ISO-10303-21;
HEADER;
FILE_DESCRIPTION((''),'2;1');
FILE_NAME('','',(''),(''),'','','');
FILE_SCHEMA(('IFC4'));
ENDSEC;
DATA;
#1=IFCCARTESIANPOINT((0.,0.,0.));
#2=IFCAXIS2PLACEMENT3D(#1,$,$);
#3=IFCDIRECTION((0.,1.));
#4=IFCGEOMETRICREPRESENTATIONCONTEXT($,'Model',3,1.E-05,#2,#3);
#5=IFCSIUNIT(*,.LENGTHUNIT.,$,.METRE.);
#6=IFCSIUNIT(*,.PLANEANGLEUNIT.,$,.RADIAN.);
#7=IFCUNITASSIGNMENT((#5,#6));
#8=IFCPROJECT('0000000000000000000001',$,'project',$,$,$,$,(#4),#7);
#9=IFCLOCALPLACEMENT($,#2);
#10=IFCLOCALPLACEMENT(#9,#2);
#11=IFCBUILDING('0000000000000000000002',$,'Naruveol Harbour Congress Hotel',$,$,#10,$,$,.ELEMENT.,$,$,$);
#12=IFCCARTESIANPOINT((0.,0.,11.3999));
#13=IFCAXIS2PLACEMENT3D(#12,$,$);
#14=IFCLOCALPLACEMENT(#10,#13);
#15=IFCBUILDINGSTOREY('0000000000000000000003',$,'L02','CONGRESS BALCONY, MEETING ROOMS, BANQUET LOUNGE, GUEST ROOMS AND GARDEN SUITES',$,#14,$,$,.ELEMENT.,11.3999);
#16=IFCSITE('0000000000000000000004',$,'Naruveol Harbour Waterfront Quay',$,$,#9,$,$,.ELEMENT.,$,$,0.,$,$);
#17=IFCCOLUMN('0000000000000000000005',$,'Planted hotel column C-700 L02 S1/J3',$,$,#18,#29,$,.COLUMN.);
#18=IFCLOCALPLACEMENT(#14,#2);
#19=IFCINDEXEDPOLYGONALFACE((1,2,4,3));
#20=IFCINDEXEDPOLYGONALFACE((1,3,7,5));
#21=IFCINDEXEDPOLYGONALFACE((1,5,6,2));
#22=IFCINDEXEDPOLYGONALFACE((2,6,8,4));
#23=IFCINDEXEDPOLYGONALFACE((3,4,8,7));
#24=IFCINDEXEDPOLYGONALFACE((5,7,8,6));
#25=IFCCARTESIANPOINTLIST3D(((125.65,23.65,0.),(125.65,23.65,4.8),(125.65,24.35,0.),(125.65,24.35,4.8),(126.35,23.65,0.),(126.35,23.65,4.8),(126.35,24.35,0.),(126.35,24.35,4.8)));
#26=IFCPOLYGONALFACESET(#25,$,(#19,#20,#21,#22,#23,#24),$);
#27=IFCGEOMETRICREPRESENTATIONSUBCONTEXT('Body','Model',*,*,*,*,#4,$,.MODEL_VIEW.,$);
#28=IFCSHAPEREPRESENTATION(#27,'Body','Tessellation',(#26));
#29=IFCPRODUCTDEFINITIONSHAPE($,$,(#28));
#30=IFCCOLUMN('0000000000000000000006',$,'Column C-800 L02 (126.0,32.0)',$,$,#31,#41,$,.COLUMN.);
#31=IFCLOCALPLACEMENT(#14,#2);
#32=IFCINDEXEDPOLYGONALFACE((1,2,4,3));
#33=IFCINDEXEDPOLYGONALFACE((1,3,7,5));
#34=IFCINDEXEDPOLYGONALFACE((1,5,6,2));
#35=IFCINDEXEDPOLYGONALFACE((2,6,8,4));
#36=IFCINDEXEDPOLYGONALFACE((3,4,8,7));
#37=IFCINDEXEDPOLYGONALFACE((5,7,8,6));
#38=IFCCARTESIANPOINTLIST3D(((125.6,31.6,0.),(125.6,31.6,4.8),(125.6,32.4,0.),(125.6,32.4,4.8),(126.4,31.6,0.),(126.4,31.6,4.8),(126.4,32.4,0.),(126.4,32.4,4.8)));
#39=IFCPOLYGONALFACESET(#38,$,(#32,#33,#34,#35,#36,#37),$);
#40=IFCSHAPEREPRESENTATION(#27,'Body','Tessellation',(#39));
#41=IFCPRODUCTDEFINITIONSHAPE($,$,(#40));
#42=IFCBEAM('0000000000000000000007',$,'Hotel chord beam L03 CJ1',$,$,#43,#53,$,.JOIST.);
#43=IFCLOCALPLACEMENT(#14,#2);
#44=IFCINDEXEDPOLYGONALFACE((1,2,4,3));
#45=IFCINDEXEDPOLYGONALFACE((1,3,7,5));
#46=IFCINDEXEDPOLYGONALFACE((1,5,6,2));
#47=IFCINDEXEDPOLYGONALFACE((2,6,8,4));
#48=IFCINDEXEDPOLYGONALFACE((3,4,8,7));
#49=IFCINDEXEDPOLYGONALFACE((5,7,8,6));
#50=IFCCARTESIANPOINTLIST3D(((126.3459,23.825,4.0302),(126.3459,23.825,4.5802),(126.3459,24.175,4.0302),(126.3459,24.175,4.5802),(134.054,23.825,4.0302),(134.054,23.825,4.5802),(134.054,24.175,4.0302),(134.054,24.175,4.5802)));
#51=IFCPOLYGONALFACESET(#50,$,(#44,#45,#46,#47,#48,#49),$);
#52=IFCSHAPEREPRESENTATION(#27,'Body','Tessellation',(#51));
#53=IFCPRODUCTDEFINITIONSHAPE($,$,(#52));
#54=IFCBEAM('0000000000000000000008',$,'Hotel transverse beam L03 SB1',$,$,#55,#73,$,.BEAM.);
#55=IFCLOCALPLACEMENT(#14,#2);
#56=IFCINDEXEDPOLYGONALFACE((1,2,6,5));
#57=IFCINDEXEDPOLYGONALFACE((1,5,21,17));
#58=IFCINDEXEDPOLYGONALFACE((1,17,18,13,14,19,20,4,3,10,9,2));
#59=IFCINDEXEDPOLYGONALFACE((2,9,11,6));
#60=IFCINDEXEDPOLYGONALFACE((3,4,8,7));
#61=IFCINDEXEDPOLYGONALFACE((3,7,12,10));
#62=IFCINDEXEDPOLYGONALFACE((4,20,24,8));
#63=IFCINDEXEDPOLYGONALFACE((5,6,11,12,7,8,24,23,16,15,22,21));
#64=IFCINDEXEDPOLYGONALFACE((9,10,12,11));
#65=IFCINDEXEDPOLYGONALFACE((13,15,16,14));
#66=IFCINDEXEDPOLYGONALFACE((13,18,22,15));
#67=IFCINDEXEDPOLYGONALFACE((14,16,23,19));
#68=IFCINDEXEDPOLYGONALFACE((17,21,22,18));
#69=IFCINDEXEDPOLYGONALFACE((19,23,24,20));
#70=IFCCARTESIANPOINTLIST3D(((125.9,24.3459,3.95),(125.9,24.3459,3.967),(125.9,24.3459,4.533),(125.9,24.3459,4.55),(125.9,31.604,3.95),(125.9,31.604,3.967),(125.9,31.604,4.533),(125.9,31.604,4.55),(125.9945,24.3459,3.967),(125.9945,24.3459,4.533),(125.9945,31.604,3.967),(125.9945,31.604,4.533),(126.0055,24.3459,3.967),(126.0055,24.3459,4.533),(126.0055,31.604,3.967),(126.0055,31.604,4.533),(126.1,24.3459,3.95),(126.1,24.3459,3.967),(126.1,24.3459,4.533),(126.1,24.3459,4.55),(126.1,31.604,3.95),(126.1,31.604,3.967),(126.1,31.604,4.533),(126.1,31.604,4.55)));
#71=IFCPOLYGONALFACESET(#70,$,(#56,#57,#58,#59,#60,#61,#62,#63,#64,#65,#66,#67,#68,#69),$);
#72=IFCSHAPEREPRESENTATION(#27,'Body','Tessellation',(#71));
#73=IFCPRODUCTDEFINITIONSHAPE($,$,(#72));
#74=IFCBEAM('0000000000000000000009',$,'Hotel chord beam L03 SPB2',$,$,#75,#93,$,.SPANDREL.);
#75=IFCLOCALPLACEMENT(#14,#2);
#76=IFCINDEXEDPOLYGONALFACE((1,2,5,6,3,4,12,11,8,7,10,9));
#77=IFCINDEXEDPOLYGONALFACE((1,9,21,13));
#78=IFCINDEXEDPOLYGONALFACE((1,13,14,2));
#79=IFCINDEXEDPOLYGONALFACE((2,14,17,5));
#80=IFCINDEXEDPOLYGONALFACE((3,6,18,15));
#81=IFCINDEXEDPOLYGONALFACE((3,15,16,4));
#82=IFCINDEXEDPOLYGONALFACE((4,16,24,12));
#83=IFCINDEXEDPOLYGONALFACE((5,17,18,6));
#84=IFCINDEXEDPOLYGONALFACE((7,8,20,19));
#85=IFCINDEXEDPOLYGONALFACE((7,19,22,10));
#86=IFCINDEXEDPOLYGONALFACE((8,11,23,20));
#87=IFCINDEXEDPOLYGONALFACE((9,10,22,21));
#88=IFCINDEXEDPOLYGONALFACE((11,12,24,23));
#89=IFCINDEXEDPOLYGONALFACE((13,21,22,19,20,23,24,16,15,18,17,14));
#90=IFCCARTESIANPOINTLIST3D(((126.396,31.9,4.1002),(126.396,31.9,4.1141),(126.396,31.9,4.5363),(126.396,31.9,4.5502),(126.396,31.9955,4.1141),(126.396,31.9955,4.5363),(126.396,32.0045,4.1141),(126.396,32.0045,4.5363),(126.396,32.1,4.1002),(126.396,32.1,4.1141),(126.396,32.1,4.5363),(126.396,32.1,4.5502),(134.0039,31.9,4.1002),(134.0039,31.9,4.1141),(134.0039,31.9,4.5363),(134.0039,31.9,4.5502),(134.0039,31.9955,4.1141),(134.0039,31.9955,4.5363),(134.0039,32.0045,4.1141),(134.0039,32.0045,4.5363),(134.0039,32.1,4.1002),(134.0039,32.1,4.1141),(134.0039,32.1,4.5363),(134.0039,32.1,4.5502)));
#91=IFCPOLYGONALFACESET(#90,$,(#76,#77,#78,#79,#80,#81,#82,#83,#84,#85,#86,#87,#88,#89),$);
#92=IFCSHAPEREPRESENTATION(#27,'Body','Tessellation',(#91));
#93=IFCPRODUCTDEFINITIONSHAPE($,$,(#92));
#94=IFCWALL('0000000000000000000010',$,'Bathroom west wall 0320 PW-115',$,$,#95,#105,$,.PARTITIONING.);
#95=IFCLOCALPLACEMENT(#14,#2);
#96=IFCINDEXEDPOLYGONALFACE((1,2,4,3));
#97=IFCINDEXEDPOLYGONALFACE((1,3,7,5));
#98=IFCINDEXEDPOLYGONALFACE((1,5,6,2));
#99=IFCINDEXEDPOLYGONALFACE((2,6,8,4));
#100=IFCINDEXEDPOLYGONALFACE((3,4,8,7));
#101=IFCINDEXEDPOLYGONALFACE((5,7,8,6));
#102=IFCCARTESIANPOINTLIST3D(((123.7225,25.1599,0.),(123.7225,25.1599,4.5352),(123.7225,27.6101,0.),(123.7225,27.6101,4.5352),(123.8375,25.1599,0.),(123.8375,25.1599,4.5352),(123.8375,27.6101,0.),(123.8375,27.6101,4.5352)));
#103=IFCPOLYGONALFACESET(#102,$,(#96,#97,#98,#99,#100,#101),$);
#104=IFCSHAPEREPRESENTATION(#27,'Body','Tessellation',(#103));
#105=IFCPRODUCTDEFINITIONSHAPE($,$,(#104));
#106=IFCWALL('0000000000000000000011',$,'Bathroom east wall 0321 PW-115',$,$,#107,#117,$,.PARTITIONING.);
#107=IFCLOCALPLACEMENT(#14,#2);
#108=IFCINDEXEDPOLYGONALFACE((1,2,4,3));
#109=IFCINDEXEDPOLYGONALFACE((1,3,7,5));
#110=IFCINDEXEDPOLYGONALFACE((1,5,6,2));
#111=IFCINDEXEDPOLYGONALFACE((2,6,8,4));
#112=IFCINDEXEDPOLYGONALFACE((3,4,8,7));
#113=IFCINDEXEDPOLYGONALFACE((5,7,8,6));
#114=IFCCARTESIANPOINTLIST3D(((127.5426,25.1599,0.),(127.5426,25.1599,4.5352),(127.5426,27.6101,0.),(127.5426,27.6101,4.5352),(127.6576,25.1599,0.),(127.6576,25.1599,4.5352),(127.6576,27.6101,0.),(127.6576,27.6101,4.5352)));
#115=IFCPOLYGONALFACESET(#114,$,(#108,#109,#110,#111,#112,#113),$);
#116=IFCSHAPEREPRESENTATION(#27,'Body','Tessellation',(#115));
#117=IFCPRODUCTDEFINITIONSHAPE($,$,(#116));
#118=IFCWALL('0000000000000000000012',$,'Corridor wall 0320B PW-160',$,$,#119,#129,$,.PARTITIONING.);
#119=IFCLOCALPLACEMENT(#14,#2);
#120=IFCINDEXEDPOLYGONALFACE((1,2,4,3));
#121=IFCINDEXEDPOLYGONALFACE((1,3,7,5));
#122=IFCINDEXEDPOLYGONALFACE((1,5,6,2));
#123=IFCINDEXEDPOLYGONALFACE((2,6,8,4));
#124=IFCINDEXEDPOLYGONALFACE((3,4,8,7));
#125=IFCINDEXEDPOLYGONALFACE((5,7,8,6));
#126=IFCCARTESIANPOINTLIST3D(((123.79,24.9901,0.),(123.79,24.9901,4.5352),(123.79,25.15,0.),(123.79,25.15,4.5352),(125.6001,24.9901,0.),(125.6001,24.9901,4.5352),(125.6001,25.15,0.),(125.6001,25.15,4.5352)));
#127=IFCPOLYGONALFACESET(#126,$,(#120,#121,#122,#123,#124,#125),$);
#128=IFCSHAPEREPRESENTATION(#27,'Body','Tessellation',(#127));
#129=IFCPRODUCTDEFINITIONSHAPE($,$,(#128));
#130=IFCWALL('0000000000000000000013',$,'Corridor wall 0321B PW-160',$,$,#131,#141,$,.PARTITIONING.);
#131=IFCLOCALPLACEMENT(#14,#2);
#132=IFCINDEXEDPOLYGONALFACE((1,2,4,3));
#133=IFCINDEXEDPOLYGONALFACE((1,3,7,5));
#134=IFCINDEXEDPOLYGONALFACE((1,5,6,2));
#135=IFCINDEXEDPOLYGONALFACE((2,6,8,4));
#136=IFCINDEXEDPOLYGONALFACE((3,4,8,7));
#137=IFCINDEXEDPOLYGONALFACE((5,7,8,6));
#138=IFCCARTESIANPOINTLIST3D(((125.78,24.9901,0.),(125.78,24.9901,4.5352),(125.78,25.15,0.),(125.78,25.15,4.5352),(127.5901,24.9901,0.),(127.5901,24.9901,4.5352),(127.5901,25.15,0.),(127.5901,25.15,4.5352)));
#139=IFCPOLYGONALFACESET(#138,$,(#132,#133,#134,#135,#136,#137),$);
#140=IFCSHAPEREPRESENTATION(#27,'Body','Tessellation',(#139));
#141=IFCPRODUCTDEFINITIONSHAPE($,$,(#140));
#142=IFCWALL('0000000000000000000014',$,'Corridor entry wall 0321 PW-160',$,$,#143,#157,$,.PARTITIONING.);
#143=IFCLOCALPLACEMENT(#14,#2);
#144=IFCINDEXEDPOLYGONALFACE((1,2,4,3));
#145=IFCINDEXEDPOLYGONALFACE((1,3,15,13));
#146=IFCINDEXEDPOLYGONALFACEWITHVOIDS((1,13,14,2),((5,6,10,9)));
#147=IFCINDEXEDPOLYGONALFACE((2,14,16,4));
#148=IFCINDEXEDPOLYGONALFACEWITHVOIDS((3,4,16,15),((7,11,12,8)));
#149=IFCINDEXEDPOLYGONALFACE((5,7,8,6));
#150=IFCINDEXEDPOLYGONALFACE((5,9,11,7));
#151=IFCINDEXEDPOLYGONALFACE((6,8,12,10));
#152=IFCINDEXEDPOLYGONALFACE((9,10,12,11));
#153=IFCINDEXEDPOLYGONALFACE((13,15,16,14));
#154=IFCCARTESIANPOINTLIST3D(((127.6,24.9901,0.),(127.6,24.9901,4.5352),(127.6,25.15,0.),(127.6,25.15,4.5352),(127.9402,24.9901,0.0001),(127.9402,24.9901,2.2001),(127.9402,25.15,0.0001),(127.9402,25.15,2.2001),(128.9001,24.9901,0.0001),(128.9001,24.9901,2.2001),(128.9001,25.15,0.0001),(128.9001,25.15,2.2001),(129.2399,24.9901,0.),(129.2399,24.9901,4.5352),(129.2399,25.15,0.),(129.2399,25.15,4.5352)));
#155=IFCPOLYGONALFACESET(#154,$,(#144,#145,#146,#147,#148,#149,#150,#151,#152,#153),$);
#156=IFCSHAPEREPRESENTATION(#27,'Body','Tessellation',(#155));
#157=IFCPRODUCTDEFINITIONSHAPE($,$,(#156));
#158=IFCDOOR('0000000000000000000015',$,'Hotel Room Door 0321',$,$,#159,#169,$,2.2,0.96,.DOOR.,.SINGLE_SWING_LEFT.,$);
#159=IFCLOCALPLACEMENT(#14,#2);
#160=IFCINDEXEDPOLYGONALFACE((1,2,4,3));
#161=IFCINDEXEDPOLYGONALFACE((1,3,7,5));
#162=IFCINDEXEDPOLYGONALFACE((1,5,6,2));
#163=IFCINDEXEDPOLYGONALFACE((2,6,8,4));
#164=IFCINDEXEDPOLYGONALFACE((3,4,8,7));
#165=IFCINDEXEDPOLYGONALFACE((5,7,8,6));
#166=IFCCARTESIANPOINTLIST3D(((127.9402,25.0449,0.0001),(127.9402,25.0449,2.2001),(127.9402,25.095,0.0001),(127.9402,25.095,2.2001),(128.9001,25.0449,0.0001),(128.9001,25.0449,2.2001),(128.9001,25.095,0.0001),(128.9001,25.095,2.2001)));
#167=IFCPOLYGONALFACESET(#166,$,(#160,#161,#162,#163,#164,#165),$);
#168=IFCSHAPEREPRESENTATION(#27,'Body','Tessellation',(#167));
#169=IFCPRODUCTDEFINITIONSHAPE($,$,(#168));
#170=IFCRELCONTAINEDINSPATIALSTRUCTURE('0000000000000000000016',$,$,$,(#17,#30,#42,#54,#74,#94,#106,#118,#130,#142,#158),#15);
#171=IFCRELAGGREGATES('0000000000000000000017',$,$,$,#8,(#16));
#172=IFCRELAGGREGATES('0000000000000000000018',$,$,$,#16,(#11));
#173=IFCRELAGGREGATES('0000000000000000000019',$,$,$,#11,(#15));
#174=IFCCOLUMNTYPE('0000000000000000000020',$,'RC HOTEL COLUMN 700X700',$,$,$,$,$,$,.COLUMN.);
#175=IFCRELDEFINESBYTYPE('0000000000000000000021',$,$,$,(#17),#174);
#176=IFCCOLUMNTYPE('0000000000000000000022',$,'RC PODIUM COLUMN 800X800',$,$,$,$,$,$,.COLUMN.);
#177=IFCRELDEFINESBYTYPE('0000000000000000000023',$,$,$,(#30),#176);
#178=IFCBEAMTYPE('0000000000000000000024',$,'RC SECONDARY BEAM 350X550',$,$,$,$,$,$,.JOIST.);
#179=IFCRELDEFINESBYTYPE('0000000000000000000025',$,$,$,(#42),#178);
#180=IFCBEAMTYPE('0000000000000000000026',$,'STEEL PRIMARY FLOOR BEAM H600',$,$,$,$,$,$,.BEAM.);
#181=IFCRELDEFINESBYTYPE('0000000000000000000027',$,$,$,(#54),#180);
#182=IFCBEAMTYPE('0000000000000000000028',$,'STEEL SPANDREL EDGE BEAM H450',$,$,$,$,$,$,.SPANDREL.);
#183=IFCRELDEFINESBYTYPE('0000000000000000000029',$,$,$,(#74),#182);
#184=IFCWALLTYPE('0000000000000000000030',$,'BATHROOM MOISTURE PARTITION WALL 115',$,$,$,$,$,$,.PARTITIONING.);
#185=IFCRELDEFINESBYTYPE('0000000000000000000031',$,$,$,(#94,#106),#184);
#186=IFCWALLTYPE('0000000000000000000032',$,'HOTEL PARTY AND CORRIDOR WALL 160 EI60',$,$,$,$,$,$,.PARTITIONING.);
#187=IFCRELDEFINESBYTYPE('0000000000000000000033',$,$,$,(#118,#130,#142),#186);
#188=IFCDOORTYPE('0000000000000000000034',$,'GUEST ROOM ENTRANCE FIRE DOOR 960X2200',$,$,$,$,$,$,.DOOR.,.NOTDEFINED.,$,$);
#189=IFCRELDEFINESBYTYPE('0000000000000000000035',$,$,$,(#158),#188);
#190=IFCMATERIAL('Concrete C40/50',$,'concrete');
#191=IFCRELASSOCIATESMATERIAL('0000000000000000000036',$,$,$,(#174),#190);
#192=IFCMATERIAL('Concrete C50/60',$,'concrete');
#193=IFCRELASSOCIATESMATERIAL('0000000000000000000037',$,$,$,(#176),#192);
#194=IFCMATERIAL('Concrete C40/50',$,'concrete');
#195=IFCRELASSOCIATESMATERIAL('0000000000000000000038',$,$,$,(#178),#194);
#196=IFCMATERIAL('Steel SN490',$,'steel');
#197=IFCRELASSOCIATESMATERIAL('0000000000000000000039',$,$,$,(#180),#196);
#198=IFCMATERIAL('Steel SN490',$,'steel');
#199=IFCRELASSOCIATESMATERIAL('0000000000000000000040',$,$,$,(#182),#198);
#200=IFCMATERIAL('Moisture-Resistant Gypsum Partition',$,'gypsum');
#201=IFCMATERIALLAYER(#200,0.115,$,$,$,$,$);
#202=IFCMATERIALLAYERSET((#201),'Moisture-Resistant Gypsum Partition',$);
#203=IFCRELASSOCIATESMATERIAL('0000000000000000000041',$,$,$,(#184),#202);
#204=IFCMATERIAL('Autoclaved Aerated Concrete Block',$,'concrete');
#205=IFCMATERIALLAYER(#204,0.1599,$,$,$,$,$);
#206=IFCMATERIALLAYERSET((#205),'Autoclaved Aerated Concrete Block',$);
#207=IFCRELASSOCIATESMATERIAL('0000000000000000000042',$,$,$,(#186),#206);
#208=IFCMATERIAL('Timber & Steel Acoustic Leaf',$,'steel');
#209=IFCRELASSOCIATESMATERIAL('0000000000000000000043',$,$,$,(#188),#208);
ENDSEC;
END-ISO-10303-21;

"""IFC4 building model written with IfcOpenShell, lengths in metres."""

from ifc_helpers import new_model, si_unit, direction, frame, frame_2d, origin, origin_2d, place, context, subcontext, project, spatial, rectangle, i_section, extrude, material, layer, layer_set, material_profile, profile_set, type_object, element, fill, save


model = new_model("IFC4")

# Units and contexts
model_context = context("Model", 3, precision=1e-05, world=origin(), true_north=direction((0.0, 1.0)))
body_context = subcontext(model_context, "Body", "Model", "MODEL_VIEW")
ifc_project = project(units=[si_unit("LENGTHUNIT", "METRE"), si_unit("PLANEANGLEUNIT", "RADIAN")], contexts=[model_context])

# Site, building, storey
site_placement = place(None, origin())
site = spatial("IfcSite", under=ifc_project, at=site_placement, Name="Naruveol Harbour Waterfront Quay", CompositionType="ELEMENT", RefElevation=0.0)
building_placement = place(site_placement, origin())
building = spatial("IfcBuilding", under=site, at=building_placement, Name="Naruveol Harbour Congress Hotel", CompositionType="ELEMENT")
storey_placement = place(building_placement, frame((0.0, 0.0, 11.3999)))
storey = spatial("IfcBuildingStorey", under=building, at=storey_placement, Name="L02", Description="CONGRESS BALCONY, MEETING ROOMS, BANQUET LOUNGE, GUEST ROOMS AND GARDEN SUITES", CompositionType="ELEMENT", Elevation=11.3999)

# Columns
ifc_material_1 = material(Name="Concrete C40/50", Category="concrete")
ifc_material_profile_1 = material_profile(ifc_material_1, rectangle(XDim=0.7, YDim=0.7, at=origin_2d()), Name="RC-700x700")
ifc_profile_set_1 = profile_set([ifc_material_profile_1], Name="Concrete C40/50")
column_type_1 = type_object("IfcColumnType", Name="RC HOTEL COLUMN 700X700", PredefinedType="COLUMN", material=ifc_profile_set_1)
column_1_placement = place(storey_placement, frame((126.0, 24.0, 0.0), z_axis=(0.0, 0.0, 1.0), x_axis=(1.0, 0.0, 0.0)))
element("IfcColumn", 1, at=column_1_placement, inside=storey, type_object=column_type_1, Name="Planted hotel column C-700 L02 S1/J3", PredefinedType="COLUMN", context=body_context, shape_type="SweptSolid", body=[
    extrude(rectangle(XDim=0.7, YDim=0.7, at=origin_2d()), origin(), (0.0, 0.0, 1.0), 4.8),
])
ifc_material_2 = material(Name="Concrete C50/60", Category="concrete")
ifc_material_profile_2 = material_profile(ifc_material_2, rectangle(XDim=0.8, YDim=0.8, at=origin_2d()), Name="RC-800x800")
ifc_profile_set_2 = profile_set([ifc_material_profile_2], Name="Concrete C50/60")
column_type_2 = type_object("IfcColumnType", Name="RC PODIUM COLUMN 800X800", PredefinedType="COLUMN", material=ifc_profile_set_2)
column_2_placement = place(storey_placement, frame((126.0, 32.0, 0.0), z_axis=(0.0, 0.0, 1.0), x_axis=(1.0, 0.0, 0.0)))
element("IfcColumn", 2, at=column_2_placement, inside=storey, type_object=column_type_2, Name="Column C-800 L02 (126.0,32.0)", PredefinedType="COLUMN", context=body_context, shape_type="SweptSolid", body=[
    extrude(rectangle(XDim=0.8, YDim=0.8, at=origin_2d()), origin(), (0.0, 0.0, 1.0), 4.8),
])

# Beams
ifc_material_3 = material(Name="Concrete C40/50", Category="concrete")
ifc_material_profile_3 = material_profile(ifc_material_3, rectangle(XDim=0.3501, YDim=0.55, at=origin_2d()), Name="RCB-350x550")
ifc_profile_set_3 = profile_set([ifc_material_profile_3], Name="Concrete C40/50")
beam_type_1 = type_object("IfcBeamType", Name="RC SECONDARY BEAM 350X550", PredefinedType="JOIST", material=ifc_profile_set_3)
beam_1_placement = place(storey_placement, frame((126.3459, 24.0, 4.3052), z_axis=(1.0, 0.0, 0.0), x_axis=(0.0, 1.0, 0.0)))
element("IfcBeam", 3, at=beam_1_placement, inside=storey, type_object=beam_type_1, Name="Hotel chord beam L03 CJ1", PredefinedType="JOIST", context=body_context, shape_type="SweptSolid", body=[
    extrude(rectangle(XDim=0.3501, YDim=0.55, at=origin_2d()), origin(), (0.0, 0.0, 1.0), 7.708),
])
ifc_material_4 = material(Name="Steel SN490", Category="steel")
ifc_material_profile_4 = material_profile(ifc_material_4, i_section(OverallWidth=0.2, OverallDepth=0.6001, WebThickness=0.011, FlangeThickness=0.0171, at=origin_2d()), Name="H-600x200x11x17")
ifc_profile_set_4 = profile_set([ifc_material_profile_4], Name="Steel SN490")
beam_type_2 = type_object("IfcBeamType", Name="STEEL PRIMARY FLOOR BEAM H600", PredefinedType="BEAM", material=ifc_profile_set_4)
beam_2_placement = place(storey_placement, frame((126.0, 24.3459, 4.25), z_axis=(0.0, 1.0, 0.0), x_axis=(-1.0, 0.0, 0.0)))
element("IfcBeam", 4, at=beam_2_placement, inside=storey, type_object=beam_type_2, Name="Hotel transverse beam L03 SB1", PredefinedType="BEAM", context=body_context, shape_type="SweptSolid", body=[
    extrude(i_section(OverallWidth=0.2, OverallDepth=0.6001, WebThickness=0.011, FlangeThickness=0.0171, at=origin_2d()), origin(), (0.0, 0.0, 1.0), 7.2581),
])
ifc_material_5 = material(Name="Steel SN490", Category="steel")
ifc_material_profile_5 = material_profile(ifc_material_5, i_section(OverallWidth=0.2, OverallDepth=0.45, WebThickness=0.009, FlangeThickness=0.0139, at=origin_2d()), Name="H-450x200x9x14")
ifc_profile_set_5 = profile_set([ifc_material_profile_5], Name="Steel SN490")
beam_type_3 = type_object("IfcBeamType", Name="STEEL SPANDREL EDGE BEAM H450", PredefinedType="SPANDREL", material=ifc_profile_set_5)
beam_3_placement = place(storey_placement, frame((126.396, 32.0, 4.3252), z_axis=(1.0, 0.0, 0.0), x_axis=(0.0, 1.0, 0.0)))
element("IfcBeam", 5, at=beam_3_placement, inside=storey, type_object=beam_type_3, Name="Hotel chord beam L03 SPB2", PredefinedType="SPANDREL", context=body_context, shape_type="SweptSolid", body=[
    extrude(i_section(OverallWidth=0.2, OverallDepth=0.45, WebThickness=0.009, FlangeThickness=0.0139, at=origin_2d()), origin(), (0.0, 0.0, 1.0), 7.6079),
])

# Wall
ifc_material_6 = material(Name="Moisture-Resistant Gypsum Partition", Category="gypsum")
ifc_layer_1 = layer(ifc_material_6, 0.115)
ifc_layer_set_1 = layer_set([ifc_layer_1], Name="Moisture-Resistant Gypsum Partition")
wall_type_1 = type_object("IfcWallType", Name="BATHROOM MOISTURE PARTITION WALL 115", PredefinedType="PARTITIONING", material=ifc_layer_set_1)
wall_1_placement = place(storey_placement, frame((123.78, 25.1599, 0.0), z_axis=(0.0, 0.0, 1.0), x_axis=(0.0, 1.0, 0.0)))
element("IfcWall", 6, at=wall_1_placement, inside=storey, type_object=wall_type_1, Name="Bathroom west wall 0320 PW-115", PredefinedType="PARTITIONING", context=body_context, shape_type="SweptSolid", body=[
    extrude(rectangle(XDim=2.4502, YDim=0.115, at=frame_2d((1.2251, 0.0))), origin(), (0.0, 0.0, 1.0), 4.5352),
])

# Wall
wall_2_placement = place(storey_placement, frame((127.6001, 25.1599, 0.0), z_axis=(0.0, 0.0, 1.0), x_axis=(0.0, 1.0, 0.0)))
element("IfcWall", 7, at=wall_2_placement, inside=storey, type_object=wall_type_1, Name="Bathroom east wall 0321 PW-115", PredefinedType="PARTITIONING", context=body_context, shape_type="SweptSolid", body=[
    extrude(rectangle(XDim=2.4502, YDim=0.115, at=frame_2d((1.2251, 0.0))), origin(), (0.0, 0.0, 1.0), 4.5352),
])

# Walls
ifc_material_7 = material(Name="Autoclaved Aerated Concrete Block", Category="concrete")
ifc_layer_2 = layer(ifc_material_7, 0.1599)
ifc_layer_set_2 = layer_set([ifc_layer_2], Name="Autoclaved Aerated Concrete Block")
wall_type_2 = type_object("IfcWallType", Name="HOTEL PARTY AND CORRIDOR WALL 160 EI60", PredefinedType="PARTITIONING", material=ifc_layer_set_2)
for number, where, z_axis, x_axis, name in (
    (8, (123.79, 25.0701, 0.0), (0.0, 0.0, 1.0), (1.0, 0.0, 0.0), "Corridor wall 0320B PW-160"),
    (9, (125.78, 25.0701, 0.0), (0.0, 0.0, 1.0), (1.0, 0.0, 0.0), "Corridor wall 0321B PW-160"),
):
    element("IfcWall", number, at=place(storey_placement, frame(where, z_axis=z_axis, x_axis=x_axis)), inside=storey, type_object=wall_type_2, Name=name, PredefinedType="PARTITIONING", context=body_context, shape_type="SweptSolid", body=[
        extrude(rectangle(XDim=1.8101, YDim=0.1599, at=frame_2d((0.905, 0.0))), origin(), (0.0, 0.0, 1.0), 4.5352),
    ])

# Wall, opening, door
wall_3_placement = place(storey_placement, frame((127.6001, 25.0701, 0.0), z_axis=(0.0, 0.0, 1.0), x_axis=(1.0, 0.0, 0.0)))
wall_3 = element("IfcWall", 10, at=wall_3_placement, inside=storey, type_object=wall_type_2, Name="Corridor entry wall 0321 PW-160", PredefinedType="PARTITIONING", context=body_context, shape_type="SweptSolid", body=[
    extrude(rectangle(XDim=1.6399, YDim=0.1599, at=frame_2d((0.8198, 0.0))), origin(), (0.0, 0.0, 1.0), 4.5352),
])
opening_1_placement = place(wall_3_placement, frame((0.3401, 0.0, 0.0)))
opening_1 = element("IfcOpeningElement", 11, at=opening_1_placement, cuts=wall_3, PredefinedType="OPENING", context=body_context, shape_type="SweptSolid", body=[
    extrude(rectangle(XDim=0.96, YDim=2.2, at=frame_2d((0.48, 1.1001))), frame((0.0, 0.0898, 0.0), z_axis=(0.0, -1.0, 0.0), x_axis=(1.0, 0.0, 0.0)), (0.0, 0.0, 1.0), 0.1799),
])
ifc_material_8 = material(Name="Timber & Steel Acoustic Leaf", Category="steel")
door_type_1 = type_object("IfcDoorType", Name="GUEST ROOM ENTRANCE FIRE DOOR 960X2200", OperationType="NOTDEFINED", PredefinedType="DOOR", material=ifc_material_8)
door_1_placement = place(opening_1_placement, origin())
door_1 = element("IfcDoor", 12, at=door_1_placement, inside=storey, type_object=door_type_1, Name="Hotel Room Door 0321", OperationType="SINGLE_SWING_LEFT", OverallHeight=2.2, OverallWidth=0.96, PredefinedType="DOOR", context=body_context, shape_type="SweptSolid", body=[
    extrude(rectangle(XDim=0.96, YDim=2.2, at=frame_2d((0.48, 1.1001))), frame((0.0, 0.0249, 0.0), z_axis=(0.0, -1.0, 0.0), x_axis=(1.0, 0.0, 0.0)), (0.0, 0.0, 1.0), 0.05),
])
fill(opening_1, door_1)

save(model, "model.ifc")
